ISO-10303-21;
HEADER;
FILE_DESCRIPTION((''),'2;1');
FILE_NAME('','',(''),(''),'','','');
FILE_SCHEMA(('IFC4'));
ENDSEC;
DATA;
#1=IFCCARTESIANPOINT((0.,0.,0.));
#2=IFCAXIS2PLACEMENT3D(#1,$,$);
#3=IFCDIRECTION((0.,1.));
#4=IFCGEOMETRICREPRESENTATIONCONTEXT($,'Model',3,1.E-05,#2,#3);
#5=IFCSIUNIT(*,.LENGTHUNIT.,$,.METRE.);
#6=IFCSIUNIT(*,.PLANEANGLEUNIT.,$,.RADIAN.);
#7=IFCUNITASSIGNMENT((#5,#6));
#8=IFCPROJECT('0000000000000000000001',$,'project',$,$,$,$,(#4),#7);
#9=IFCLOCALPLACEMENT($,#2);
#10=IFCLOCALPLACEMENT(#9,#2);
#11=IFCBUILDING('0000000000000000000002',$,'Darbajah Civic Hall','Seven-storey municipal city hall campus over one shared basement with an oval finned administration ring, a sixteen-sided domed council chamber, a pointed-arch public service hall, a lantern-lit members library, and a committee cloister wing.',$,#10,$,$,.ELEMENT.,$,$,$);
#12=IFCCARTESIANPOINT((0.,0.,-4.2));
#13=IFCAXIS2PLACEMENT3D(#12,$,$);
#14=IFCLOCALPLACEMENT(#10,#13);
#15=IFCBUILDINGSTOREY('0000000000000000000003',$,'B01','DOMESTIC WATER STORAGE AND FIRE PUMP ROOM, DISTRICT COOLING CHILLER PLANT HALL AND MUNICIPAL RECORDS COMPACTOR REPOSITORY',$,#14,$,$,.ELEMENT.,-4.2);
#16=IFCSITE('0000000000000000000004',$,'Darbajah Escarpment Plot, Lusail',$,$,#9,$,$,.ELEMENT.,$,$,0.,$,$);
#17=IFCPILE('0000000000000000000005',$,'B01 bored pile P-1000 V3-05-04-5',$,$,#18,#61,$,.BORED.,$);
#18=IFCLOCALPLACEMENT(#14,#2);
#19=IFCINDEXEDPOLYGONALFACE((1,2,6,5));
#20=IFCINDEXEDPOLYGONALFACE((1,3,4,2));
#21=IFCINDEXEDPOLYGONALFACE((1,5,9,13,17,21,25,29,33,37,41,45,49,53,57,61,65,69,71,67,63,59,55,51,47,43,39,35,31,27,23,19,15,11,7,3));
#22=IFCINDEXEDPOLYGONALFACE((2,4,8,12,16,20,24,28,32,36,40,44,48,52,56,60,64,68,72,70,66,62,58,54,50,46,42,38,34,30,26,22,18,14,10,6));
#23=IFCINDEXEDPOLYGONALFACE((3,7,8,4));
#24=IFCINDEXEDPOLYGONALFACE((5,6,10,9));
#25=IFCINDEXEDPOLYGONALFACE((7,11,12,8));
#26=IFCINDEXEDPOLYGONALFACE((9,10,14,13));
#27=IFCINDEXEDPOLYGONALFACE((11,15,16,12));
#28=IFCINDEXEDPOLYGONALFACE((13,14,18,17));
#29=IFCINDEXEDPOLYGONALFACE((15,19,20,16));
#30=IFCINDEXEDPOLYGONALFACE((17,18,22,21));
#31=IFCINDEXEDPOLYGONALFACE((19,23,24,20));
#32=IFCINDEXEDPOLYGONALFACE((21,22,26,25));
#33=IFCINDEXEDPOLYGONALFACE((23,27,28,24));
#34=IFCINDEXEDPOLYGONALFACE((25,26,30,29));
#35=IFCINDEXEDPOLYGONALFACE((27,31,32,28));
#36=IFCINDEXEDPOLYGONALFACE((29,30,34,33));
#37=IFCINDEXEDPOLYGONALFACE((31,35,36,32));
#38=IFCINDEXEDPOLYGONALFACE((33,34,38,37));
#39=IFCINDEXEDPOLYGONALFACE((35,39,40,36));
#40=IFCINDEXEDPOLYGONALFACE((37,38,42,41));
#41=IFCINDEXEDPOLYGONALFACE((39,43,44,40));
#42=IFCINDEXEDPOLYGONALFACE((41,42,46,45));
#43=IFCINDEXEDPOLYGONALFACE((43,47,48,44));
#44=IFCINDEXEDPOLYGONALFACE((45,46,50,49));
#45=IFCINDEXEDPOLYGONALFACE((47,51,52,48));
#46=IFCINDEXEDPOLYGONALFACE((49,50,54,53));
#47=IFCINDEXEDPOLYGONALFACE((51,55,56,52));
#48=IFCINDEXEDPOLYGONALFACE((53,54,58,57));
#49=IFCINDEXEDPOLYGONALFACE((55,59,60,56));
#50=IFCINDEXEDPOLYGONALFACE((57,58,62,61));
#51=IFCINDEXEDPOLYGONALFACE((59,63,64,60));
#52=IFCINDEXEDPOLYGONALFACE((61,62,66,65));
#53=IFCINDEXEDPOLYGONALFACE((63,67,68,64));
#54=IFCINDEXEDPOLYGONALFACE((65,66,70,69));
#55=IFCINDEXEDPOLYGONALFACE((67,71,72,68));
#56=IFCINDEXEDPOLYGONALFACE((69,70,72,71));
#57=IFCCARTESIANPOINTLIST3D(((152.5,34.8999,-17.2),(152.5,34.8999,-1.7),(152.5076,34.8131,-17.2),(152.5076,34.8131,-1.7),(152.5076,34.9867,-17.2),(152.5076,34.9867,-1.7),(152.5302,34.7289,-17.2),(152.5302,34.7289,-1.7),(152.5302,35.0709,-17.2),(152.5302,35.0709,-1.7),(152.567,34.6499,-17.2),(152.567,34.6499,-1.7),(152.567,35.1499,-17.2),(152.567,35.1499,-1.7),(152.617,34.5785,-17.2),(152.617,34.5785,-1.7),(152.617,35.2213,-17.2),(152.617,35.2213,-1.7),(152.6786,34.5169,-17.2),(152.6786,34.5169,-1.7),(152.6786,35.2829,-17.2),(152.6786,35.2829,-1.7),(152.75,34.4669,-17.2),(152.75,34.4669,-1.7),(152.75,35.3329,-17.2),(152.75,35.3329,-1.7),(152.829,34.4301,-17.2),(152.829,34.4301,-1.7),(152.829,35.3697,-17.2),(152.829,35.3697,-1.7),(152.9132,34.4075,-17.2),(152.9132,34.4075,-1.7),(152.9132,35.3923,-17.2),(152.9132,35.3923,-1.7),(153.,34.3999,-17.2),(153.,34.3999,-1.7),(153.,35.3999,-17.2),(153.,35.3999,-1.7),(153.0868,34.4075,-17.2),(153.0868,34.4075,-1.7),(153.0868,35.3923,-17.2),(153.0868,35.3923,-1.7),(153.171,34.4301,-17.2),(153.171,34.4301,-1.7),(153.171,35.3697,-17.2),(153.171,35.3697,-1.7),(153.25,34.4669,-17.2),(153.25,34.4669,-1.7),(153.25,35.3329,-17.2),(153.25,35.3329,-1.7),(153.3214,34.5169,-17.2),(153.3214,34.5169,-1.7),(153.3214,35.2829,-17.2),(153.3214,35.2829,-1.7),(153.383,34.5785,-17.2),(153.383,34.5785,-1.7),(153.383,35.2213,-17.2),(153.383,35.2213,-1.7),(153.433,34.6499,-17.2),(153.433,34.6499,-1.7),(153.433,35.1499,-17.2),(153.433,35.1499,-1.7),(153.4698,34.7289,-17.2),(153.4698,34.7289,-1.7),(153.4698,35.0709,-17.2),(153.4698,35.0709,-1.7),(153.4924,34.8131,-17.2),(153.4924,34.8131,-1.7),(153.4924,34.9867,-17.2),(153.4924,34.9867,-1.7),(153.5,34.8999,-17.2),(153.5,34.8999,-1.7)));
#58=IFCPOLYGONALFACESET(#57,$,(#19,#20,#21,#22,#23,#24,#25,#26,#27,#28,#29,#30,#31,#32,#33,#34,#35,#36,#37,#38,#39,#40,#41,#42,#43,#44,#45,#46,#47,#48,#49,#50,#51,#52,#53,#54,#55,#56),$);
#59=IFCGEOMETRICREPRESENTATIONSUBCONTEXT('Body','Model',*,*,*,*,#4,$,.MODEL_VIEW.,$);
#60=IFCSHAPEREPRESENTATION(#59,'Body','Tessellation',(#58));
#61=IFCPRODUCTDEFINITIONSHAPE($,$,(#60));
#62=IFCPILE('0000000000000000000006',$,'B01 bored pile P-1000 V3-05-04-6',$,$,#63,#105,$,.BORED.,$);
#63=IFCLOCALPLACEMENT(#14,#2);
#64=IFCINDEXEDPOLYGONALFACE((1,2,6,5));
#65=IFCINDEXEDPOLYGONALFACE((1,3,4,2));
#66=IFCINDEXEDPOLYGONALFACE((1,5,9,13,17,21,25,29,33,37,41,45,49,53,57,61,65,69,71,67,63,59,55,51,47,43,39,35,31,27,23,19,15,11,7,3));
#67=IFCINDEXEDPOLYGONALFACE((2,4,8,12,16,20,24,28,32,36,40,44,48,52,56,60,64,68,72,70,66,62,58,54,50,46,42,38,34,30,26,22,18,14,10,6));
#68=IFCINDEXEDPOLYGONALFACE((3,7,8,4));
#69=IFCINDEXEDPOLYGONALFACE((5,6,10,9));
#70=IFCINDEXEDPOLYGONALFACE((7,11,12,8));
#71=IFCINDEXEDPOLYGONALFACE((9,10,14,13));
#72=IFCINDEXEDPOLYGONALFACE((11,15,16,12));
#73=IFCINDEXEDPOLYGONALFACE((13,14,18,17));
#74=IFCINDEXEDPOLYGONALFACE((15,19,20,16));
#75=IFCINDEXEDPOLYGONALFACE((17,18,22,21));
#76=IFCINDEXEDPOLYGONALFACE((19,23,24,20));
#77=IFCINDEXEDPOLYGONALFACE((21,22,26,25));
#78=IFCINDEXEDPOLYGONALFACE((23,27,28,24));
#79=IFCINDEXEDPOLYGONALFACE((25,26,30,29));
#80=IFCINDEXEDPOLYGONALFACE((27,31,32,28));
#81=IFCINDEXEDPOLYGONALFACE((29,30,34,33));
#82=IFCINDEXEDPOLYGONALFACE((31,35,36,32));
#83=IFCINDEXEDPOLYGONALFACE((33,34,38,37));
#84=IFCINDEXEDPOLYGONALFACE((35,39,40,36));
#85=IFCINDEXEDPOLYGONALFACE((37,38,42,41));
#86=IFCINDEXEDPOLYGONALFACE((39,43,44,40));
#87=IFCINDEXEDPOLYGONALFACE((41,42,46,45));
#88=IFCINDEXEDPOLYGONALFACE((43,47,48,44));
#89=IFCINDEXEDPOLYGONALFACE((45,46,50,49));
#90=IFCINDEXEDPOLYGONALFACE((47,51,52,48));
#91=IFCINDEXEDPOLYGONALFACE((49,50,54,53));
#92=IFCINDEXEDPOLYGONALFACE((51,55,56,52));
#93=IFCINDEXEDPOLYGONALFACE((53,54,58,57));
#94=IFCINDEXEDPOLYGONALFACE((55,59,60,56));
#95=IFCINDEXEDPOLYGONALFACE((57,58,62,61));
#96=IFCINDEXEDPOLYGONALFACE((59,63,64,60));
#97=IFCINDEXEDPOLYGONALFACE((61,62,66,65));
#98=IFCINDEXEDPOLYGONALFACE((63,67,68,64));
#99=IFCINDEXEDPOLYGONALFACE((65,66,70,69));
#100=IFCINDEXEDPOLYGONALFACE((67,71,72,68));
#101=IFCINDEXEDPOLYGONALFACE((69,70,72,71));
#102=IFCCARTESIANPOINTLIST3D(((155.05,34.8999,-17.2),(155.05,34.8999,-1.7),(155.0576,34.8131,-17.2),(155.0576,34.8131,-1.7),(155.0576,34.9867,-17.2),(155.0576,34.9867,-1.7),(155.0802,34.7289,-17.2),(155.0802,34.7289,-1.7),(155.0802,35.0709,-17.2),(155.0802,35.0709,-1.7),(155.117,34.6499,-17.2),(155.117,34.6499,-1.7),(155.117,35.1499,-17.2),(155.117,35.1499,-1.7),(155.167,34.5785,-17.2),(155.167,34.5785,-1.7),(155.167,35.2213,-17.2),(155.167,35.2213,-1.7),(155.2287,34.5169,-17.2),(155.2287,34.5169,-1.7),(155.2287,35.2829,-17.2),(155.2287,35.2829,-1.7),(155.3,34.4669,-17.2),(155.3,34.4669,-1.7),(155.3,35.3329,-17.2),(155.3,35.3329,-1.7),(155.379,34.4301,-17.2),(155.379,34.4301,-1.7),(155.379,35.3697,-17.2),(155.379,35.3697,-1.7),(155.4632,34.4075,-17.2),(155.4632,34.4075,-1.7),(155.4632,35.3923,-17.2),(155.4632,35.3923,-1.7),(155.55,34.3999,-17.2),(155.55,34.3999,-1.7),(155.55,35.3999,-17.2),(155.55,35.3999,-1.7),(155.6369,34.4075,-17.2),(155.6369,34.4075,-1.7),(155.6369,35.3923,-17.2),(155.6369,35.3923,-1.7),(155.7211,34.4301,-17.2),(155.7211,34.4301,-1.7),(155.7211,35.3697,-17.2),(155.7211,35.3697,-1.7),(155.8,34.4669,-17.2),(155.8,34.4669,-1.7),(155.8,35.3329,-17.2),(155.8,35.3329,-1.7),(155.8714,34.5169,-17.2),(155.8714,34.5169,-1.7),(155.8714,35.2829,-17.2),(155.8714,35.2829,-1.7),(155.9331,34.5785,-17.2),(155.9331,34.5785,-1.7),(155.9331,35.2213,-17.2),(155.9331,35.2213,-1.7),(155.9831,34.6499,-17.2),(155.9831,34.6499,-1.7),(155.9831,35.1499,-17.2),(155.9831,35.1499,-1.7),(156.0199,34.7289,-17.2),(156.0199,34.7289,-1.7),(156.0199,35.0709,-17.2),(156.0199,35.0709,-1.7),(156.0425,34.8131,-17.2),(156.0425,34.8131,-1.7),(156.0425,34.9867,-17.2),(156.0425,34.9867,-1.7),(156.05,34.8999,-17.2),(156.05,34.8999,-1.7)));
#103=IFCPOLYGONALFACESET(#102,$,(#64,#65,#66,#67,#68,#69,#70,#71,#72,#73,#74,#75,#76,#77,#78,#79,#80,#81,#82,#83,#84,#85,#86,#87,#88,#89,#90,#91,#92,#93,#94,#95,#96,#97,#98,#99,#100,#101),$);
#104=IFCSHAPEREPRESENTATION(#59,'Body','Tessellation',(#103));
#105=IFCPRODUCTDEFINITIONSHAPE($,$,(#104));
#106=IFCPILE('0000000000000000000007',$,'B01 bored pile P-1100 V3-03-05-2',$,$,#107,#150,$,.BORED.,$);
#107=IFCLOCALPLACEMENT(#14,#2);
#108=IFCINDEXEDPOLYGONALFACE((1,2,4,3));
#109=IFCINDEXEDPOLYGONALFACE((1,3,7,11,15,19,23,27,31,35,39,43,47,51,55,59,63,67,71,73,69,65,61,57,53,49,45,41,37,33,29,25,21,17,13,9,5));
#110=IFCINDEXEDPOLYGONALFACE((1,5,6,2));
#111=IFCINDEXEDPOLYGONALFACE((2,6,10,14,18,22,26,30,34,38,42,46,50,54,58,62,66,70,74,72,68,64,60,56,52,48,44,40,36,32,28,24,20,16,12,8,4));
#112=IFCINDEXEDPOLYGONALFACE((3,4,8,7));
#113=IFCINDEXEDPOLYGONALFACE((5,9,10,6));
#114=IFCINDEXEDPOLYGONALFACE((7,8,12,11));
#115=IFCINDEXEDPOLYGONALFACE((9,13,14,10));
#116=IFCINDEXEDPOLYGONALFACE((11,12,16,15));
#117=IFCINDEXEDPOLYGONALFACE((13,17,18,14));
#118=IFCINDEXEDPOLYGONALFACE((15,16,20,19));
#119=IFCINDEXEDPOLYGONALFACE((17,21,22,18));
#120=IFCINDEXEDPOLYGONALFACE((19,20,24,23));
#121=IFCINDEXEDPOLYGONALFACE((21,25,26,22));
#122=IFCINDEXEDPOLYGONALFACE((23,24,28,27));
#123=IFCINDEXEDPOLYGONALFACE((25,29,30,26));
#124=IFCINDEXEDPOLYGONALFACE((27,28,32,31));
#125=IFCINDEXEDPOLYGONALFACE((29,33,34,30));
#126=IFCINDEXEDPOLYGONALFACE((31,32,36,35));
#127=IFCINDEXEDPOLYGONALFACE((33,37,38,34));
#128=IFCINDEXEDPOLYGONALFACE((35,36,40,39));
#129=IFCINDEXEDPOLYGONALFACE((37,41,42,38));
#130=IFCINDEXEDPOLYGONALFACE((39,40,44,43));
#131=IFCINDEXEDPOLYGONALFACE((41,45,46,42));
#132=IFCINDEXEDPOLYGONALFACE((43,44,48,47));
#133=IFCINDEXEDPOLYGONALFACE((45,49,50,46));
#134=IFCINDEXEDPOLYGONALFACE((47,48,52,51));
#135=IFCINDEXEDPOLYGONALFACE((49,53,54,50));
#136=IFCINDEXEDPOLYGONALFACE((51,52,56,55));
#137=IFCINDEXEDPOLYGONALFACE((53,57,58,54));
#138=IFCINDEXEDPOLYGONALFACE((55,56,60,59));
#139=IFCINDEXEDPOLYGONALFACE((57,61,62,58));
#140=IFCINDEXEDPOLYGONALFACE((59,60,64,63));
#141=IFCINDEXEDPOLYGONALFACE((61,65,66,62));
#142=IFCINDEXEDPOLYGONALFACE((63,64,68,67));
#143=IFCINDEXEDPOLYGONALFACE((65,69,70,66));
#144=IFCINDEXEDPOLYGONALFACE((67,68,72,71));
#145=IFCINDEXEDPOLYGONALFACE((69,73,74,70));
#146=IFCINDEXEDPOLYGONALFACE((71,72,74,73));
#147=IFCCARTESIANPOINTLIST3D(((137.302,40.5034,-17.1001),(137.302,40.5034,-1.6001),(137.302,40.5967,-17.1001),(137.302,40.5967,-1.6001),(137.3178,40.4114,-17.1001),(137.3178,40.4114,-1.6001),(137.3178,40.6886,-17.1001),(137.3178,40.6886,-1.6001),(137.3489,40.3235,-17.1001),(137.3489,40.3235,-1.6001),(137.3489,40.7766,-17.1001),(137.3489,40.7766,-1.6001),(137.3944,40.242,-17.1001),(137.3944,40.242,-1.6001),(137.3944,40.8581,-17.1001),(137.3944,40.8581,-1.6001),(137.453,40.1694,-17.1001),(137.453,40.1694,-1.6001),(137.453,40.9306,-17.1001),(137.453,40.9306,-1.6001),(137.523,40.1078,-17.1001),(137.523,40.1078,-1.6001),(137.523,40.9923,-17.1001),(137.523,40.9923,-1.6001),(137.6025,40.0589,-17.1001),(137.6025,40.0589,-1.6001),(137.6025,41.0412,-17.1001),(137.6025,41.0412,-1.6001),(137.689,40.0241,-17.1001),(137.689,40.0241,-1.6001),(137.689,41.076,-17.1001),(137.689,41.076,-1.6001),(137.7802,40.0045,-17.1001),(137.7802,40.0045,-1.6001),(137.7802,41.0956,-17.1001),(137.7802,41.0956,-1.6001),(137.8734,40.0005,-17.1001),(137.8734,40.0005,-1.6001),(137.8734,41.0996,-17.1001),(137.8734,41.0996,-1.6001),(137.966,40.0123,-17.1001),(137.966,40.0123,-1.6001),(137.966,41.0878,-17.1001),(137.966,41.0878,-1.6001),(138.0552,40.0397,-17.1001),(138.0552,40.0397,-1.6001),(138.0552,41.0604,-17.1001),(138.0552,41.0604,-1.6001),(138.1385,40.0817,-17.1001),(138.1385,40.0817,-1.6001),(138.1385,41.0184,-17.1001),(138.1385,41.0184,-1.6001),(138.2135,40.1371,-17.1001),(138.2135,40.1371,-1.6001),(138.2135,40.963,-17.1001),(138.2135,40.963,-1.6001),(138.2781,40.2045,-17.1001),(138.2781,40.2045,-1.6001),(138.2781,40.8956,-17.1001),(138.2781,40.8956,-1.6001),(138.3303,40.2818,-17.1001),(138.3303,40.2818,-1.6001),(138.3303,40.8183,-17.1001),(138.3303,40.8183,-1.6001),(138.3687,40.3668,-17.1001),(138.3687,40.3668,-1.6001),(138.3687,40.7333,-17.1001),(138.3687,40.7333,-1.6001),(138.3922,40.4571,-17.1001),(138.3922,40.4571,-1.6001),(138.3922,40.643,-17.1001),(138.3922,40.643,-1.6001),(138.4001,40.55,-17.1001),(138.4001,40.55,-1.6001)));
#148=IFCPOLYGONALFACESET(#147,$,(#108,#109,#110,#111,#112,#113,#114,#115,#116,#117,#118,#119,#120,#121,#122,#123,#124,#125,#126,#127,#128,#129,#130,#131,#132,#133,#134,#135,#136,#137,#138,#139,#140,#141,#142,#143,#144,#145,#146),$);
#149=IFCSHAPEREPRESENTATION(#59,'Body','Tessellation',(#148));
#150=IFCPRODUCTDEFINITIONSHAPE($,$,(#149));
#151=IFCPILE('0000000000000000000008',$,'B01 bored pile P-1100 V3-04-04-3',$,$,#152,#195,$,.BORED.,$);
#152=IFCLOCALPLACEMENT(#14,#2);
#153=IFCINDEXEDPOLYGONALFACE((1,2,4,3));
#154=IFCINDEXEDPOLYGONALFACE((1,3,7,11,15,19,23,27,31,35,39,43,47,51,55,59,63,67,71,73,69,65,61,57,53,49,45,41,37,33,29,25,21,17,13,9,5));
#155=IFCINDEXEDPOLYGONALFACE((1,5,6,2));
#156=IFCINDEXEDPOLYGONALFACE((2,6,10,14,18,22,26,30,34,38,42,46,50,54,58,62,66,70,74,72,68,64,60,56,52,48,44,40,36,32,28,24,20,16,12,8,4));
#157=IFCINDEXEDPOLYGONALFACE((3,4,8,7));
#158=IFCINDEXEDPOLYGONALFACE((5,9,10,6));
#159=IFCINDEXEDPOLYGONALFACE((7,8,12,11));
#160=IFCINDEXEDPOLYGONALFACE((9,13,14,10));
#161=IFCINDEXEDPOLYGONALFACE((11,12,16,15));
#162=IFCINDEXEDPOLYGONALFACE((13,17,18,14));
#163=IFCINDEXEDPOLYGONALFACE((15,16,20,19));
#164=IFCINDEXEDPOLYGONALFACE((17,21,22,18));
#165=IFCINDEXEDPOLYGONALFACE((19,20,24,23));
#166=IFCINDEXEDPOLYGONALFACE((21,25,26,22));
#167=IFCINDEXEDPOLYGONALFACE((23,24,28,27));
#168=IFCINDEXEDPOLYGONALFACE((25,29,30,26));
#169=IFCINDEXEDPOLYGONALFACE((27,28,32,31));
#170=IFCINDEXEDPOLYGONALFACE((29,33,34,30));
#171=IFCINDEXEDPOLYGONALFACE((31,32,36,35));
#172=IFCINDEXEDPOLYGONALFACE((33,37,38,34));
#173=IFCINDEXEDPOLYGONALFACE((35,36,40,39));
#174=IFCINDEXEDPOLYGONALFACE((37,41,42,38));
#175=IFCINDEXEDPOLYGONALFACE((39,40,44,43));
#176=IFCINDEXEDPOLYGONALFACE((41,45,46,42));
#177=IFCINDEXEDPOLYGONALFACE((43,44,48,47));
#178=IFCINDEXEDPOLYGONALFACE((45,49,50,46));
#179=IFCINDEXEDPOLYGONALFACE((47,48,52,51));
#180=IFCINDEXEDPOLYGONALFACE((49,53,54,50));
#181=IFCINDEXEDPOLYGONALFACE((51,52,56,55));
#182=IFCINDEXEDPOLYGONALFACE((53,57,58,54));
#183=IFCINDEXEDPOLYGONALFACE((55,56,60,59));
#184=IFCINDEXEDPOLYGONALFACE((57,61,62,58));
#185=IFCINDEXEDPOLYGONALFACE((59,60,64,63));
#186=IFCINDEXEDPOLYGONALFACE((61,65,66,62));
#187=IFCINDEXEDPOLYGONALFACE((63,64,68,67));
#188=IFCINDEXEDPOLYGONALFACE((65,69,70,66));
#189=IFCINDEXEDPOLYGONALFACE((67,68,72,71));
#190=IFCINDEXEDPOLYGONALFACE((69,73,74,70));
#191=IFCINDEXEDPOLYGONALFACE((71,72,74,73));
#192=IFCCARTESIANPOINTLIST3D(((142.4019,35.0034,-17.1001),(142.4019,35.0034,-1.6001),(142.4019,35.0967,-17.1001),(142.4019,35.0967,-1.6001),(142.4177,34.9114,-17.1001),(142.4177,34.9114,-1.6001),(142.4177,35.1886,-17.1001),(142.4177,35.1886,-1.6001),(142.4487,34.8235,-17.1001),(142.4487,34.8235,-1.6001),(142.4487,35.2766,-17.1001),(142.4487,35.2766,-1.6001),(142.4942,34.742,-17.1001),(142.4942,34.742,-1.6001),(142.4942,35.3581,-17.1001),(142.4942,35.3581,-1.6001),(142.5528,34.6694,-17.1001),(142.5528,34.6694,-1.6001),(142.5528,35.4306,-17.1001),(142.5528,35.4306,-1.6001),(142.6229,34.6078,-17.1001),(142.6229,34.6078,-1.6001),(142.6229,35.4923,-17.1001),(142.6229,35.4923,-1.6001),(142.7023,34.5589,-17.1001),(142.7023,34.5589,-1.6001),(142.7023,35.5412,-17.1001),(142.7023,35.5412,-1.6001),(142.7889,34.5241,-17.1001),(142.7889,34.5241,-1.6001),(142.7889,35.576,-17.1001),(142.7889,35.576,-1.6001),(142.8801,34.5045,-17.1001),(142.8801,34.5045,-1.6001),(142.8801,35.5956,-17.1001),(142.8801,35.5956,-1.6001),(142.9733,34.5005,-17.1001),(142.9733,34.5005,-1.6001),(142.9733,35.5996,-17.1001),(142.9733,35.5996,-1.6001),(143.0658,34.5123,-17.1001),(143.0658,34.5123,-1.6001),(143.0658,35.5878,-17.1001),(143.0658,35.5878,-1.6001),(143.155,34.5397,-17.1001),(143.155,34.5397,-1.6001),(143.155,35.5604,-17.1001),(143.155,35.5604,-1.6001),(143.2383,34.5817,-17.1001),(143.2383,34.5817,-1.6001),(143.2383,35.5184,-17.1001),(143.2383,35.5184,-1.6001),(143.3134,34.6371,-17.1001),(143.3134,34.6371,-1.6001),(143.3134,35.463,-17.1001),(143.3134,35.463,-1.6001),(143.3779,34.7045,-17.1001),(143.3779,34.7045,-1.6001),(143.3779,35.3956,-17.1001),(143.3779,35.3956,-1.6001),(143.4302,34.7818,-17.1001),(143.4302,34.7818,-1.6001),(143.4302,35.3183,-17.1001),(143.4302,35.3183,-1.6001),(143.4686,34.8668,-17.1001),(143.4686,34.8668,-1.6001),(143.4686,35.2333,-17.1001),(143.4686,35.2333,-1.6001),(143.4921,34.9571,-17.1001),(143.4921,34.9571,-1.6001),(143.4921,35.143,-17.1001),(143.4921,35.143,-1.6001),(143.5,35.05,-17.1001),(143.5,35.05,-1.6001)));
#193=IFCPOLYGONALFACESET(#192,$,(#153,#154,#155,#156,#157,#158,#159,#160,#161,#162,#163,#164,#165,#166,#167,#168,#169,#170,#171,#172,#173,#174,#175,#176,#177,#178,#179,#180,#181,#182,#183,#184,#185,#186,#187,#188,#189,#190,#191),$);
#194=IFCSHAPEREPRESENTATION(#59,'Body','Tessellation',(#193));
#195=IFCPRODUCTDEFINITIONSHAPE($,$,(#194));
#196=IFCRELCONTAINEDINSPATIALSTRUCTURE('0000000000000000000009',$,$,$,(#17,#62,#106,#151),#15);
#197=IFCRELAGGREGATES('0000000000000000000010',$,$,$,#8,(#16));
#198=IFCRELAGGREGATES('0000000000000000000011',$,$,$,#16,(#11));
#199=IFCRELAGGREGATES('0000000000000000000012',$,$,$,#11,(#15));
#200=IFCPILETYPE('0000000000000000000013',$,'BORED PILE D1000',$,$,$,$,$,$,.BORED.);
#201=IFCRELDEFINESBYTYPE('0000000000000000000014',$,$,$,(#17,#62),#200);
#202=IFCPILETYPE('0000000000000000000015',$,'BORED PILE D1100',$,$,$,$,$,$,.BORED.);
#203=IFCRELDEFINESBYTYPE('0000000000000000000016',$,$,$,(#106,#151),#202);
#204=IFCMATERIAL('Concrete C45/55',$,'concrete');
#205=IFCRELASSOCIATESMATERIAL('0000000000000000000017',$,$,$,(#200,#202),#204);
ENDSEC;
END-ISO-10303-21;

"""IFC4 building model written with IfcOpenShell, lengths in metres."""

from ifc_helpers import new_model, si_unit, direction, frame, origin, origin_2d, place, context, subcontext, project, spatial, circle, extrude, material, material_profile, profile_set, type_object, element, save


model = new_model("IFC4")

# Units and contexts
model_context = context("Model", 3, precision=1e-05, world=origin(), true_north=direction((0.0, 1.0)))
body_context = subcontext(model_context, "Body", "Model", "MODEL_VIEW")
ifc_project = project(units=[si_unit("LENGTHUNIT", "METRE"), si_unit("PLANEANGLEUNIT", "RADIAN")], contexts=[model_context])

# Site, building, storey
site_placement = place(None, origin())
site = spatial("IfcSite", under=ifc_project, at=site_placement, Name="Darbajah Escarpment Plot, Lusail", CompositionType="ELEMENT", RefElevation=0.0)
building_placement = place(site_placement, origin())
building = spatial("IfcBuilding", under=site, at=building_placement, Name="Darbajah Civic Hall", Description="Seven-storey municipal city hall campus over one shared basement with an oval finned administration ring, a sixteen-sided domed council chamber, a pointed-arch public service hall, a lantern-lit members library, and a committee cloister wing.", CompositionType="ELEMENT")
storey_placement = place(building_placement, frame((0.0, 0.0, -4.2)))
storey = spatial("IfcBuildingStorey", under=building, at=storey_placement, Name="B01", Description="DOMESTIC WATER STORAGE AND FIRE PUMP ROOM, DISTRICT COOLING CHILLER PLANT HALL AND MUNICIPAL RECORDS COMPACTOR REPOSITORY", CompositionType="ELEMENT", Elevation=-4.2)

# Piles
ifc_material_1 = material(Name="Concrete C45/55", Category="concrete")
ifc_material_profile_1 = material_profile(ifc_material_1, circle(Radius=0.5, at=origin_2d()), Name="BORED PILE D1000")
ifc_profile_set_1 = profile_set([ifc_material_profile_1], Name="Concrete C45/55")
pile_type_1 = type_object("IfcPileType", Name="BORED PILE D1000", PredefinedType="BORED", material=ifc_profile_set_1)
for number, where, z_axis, x_axis, name in (
    (1, (153.0, 34.8999, -1.7), (0.0, 0.0, -1.0), (1.0, 0.0, 0.0), "B01 bored pile P-1000 V3-05-04-5"),
    (2, (155.55, 34.8999, -1.7), (0.0, 0.0, -1.0), (1.0, 0.0, 0.0), "B01 bored pile P-1000 V3-05-04-6"),
):
    element("IfcPile", number, at=place(storey_placement, frame(where, z_axis=z_axis, x_axis=x_axis)), inside=storey, type_object=pile_type_1, Name=name, PredefinedType="BORED", context=body_context, shape_type="SweptSolid", body=[
        extrude(circle(Radius=0.5, at=origin_2d()), origin(), (0.0, 0.0, 1.0), 15.5),
    ])
ifc_material_profile_2 = material_profile(ifc_material_1, circle(Radius=0.55, at=origin_2d()), Name="BORED PILE D1100")
ifc_profile_set_2 = profile_set([ifc_material_profile_2], Name="Concrete C45/55")
pile_type_2 = type_object("IfcPileType", Name="BORED PILE D1100", PredefinedType="BORED", material=ifc_profile_set_2)
for number, where, z_axis, x_axis, name in (
    (3, (137.8501, 40.55, -1.6001), (0.0, 0.0, -1.0), (1.0, 0.0, 0.0), "B01 bored pile P-1100 V3-03-05-2"),
    (4, (142.95, 35.05, -1.6001), (0.0, 0.0, -1.0), (1.0, 0.0, 0.0), "B01 bored pile P-1100 V3-04-04-3"),
):
    element("IfcPile", number, at=place(storey_placement, frame(where, z_axis=z_axis, x_axis=x_axis)), inside=storey, type_object=pile_type_2, Name=name, PredefinedType="BORED", context=body_context, shape_type="SweptSolid", body=[
        extrude(circle(Radius=0.55, at=origin_2d()), origin(), (0.0, 0.0, 1.0), 15.5),
    ])

save(model, "model.ifc")
